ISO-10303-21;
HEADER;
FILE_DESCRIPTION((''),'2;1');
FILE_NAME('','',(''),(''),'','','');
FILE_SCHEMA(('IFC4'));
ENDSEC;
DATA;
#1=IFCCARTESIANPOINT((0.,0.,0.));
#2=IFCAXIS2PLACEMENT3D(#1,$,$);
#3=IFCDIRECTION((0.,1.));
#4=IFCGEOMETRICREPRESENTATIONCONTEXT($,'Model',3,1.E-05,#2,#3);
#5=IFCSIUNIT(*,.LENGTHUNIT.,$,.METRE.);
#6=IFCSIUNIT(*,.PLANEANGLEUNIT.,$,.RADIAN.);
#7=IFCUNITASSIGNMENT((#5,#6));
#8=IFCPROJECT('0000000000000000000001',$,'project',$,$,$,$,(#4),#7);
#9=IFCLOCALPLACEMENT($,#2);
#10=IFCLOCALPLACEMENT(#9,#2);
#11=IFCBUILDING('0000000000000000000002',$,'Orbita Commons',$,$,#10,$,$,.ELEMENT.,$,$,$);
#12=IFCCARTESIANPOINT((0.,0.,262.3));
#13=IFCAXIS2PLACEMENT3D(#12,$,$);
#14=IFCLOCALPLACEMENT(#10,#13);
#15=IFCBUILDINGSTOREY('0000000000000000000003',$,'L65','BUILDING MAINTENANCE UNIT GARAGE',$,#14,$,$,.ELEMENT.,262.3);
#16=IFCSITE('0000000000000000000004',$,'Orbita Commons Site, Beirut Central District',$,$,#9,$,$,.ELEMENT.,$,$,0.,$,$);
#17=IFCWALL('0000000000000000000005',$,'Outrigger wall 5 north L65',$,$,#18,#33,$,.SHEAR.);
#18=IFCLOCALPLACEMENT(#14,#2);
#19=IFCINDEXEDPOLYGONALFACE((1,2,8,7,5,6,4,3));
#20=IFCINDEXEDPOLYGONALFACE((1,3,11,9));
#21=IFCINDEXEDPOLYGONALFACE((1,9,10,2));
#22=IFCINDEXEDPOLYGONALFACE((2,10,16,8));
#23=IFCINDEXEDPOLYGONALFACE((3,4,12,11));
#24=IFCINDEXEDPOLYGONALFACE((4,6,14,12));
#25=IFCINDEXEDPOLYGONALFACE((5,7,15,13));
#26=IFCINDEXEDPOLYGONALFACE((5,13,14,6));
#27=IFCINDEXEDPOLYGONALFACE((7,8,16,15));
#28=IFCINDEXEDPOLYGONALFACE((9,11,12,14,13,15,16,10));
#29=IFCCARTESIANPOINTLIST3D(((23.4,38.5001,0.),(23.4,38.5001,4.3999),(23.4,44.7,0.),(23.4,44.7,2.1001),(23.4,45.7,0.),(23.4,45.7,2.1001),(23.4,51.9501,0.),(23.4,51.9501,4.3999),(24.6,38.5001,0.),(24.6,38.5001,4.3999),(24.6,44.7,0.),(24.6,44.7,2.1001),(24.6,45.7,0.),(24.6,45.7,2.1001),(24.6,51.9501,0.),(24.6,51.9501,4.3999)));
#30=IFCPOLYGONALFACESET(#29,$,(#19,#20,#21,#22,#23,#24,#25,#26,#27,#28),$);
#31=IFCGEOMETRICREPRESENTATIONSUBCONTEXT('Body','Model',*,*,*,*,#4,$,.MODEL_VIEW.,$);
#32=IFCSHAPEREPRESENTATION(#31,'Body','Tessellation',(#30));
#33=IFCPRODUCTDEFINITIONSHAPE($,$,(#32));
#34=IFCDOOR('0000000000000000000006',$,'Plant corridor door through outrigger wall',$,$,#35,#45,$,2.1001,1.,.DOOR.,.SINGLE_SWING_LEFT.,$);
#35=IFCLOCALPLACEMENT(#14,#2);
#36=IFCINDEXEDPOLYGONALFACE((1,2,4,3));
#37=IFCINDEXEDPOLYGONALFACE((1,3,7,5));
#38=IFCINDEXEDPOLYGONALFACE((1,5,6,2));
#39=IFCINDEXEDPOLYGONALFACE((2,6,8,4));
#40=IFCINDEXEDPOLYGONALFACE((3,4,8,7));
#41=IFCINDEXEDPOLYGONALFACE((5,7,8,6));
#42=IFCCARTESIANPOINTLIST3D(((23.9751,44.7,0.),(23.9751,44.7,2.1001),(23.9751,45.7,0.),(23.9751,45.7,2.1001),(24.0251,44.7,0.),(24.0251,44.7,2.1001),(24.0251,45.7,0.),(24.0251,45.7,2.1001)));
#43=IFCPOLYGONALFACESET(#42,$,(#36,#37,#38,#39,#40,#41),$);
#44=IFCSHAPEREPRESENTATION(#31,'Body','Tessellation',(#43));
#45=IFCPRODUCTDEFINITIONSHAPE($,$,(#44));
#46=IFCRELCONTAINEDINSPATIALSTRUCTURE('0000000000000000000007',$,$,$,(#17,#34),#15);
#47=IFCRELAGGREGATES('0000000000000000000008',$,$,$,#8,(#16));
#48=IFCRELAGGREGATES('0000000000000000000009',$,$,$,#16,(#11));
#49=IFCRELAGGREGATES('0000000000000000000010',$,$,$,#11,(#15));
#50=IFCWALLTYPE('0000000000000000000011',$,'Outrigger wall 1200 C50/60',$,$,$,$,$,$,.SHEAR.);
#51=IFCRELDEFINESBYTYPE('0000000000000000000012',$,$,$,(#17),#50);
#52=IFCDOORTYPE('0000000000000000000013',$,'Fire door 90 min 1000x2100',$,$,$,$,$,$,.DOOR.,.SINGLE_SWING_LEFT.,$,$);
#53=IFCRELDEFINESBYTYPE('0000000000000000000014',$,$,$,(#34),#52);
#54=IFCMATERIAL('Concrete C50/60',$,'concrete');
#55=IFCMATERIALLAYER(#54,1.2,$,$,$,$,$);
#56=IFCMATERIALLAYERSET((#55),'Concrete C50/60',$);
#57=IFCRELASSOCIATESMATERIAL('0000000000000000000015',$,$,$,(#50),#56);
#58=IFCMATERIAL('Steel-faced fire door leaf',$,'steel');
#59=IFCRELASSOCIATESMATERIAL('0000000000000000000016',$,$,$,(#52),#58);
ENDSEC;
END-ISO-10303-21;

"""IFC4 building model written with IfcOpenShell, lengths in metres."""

from ifc_helpers import new_model, si_unit, direction, frame, frame_2d, origin, place, context, subcontext, project, spatial, rectangle, extrude, material, layer, layer_set, type_object, element, fill, save


model = new_model("IFC4")

# Units and contexts
model_context = context("Model", 3, precision=1e-05, world=origin(), true_north=direction((0.0, 1.0)))
body_context = subcontext(model_context, "Body", "Model", "MODEL_VIEW")
ifc_project = project(units=[si_unit("LENGTHUNIT", "METRE"), si_unit("PLANEANGLEUNIT", "RADIAN")], contexts=[model_context])

# Site, building, storey
site_placement = place(None, origin())
site = spatial("IfcSite", under=ifc_project, at=site_placement, Name="Orbita Commons Site, Beirut Central District", CompositionType="ELEMENT", RefElevation=0.0)
building_placement = place(site_placement, origin())
building = spatial("IfcBuilding", under=site, at=building_placement, Name="Orbita Commons", CompositionType="ELEMENT")
storey_placement = place(building_placement, frame((0.0, 0.0, 262.3)))
storey = spatial("IfcBuildingStorey", under=building, at=storey_placement, Name="L65", Description="BUILDING MAINTENANCE UNIT GARAGE", CompositionType="ELEMENT", Elevation=262.3)

# Wall, opening, door
ifc_material_1 = material(Name="Concrete C50/60", Category="concrete")
ifc_layer_1 = layer(ifc_material_1, 1.2)
ifc_layer_set_1 = layer_set([ifc_layer_1], Name="Concrete C50/60")
wall_type_1 = type_object("IfcWallType", Name="Outrigger wall 1200 C50/60", PredefinedType="SHEAR", material=ifc_layer_set_1)
wall_1_placement = place(storey_placement, frame((24.0, 38.5, 0.0), z_axis=(0.0, 0.0, 1.0), x_axis=(0.0, 1.0, 0.0)))
wall_1 = element("IfcWall", 1, at=wall_1_placement, inside=storey, type_object=wall_type_1, Name="Outrigger wall 5 north L65", PredefinedType="SHEAR", context=body_context, shape_type="SweptSolid", body=[
    extrude(rectangle(XDim=13.45, YDim=1.2, at=frame_2d((6.7251, 0.0))), origin(), (0.0, 0.0, 1.0), 4.3999),
])
opening_1_placement = place(wall_1_placement, frame((6.2, 0.0, 0.0)))
opening_1 = element("IfcOpeningElement", 2, at=opening_1_placement, cuts=wall_1, PredefinedType="OPENING", context=body_context, shape_type="SweptSolid", body=[
    extrude(rectangle(XDim=1.0, YDim=2.1001, at=frame_2d((0.5, 1.05))), frame((0.0, 0.6099, 0.0), z_axis=(0.0, -1.0, 0.0), x_axis=(1.0, 0.0, 0.0)), (0.0, 0.0, 1.0), 1.22),
])
ifc_material_2 = material(Name="Steel-faced fire door leaf", Category="steel")
door_type_1 = type_object("IfcDoorType", Name="Fire door 90 min 1000x2100", OperationType="SINGLE_SWING_LEFT", PredefinedType="DOOR", material=ifc_material_2)
door_1_placement = place(opening_1_placement, origin())
door_1 = element("IfcDoor", 3, at=door_1_placement, inside=storey, type_object=door_type_1, Name="Plant corridor door through outrigger wall", OperationType="SINGLE_SWING_LEFT", OverallHeight=2.1001, OverallWidth=1.0, PredefinedType="DOOR", context=body_context, shape_type="SweptSolid", body=[
    extrude(rectangle(XDim=1.0, YDim=2.1001, at=frame_2d((0.5, 1.05))), frame((0.0, 0.0249, 0.0), z_axis=(0.0, -1.0, 0.0), x_axis=(1.0, 0.0, 0.0)), (0.0, 0.0, 1.0), 0.05),
])
fill(opening_1, door_1)

save(model, "model.ifc")
